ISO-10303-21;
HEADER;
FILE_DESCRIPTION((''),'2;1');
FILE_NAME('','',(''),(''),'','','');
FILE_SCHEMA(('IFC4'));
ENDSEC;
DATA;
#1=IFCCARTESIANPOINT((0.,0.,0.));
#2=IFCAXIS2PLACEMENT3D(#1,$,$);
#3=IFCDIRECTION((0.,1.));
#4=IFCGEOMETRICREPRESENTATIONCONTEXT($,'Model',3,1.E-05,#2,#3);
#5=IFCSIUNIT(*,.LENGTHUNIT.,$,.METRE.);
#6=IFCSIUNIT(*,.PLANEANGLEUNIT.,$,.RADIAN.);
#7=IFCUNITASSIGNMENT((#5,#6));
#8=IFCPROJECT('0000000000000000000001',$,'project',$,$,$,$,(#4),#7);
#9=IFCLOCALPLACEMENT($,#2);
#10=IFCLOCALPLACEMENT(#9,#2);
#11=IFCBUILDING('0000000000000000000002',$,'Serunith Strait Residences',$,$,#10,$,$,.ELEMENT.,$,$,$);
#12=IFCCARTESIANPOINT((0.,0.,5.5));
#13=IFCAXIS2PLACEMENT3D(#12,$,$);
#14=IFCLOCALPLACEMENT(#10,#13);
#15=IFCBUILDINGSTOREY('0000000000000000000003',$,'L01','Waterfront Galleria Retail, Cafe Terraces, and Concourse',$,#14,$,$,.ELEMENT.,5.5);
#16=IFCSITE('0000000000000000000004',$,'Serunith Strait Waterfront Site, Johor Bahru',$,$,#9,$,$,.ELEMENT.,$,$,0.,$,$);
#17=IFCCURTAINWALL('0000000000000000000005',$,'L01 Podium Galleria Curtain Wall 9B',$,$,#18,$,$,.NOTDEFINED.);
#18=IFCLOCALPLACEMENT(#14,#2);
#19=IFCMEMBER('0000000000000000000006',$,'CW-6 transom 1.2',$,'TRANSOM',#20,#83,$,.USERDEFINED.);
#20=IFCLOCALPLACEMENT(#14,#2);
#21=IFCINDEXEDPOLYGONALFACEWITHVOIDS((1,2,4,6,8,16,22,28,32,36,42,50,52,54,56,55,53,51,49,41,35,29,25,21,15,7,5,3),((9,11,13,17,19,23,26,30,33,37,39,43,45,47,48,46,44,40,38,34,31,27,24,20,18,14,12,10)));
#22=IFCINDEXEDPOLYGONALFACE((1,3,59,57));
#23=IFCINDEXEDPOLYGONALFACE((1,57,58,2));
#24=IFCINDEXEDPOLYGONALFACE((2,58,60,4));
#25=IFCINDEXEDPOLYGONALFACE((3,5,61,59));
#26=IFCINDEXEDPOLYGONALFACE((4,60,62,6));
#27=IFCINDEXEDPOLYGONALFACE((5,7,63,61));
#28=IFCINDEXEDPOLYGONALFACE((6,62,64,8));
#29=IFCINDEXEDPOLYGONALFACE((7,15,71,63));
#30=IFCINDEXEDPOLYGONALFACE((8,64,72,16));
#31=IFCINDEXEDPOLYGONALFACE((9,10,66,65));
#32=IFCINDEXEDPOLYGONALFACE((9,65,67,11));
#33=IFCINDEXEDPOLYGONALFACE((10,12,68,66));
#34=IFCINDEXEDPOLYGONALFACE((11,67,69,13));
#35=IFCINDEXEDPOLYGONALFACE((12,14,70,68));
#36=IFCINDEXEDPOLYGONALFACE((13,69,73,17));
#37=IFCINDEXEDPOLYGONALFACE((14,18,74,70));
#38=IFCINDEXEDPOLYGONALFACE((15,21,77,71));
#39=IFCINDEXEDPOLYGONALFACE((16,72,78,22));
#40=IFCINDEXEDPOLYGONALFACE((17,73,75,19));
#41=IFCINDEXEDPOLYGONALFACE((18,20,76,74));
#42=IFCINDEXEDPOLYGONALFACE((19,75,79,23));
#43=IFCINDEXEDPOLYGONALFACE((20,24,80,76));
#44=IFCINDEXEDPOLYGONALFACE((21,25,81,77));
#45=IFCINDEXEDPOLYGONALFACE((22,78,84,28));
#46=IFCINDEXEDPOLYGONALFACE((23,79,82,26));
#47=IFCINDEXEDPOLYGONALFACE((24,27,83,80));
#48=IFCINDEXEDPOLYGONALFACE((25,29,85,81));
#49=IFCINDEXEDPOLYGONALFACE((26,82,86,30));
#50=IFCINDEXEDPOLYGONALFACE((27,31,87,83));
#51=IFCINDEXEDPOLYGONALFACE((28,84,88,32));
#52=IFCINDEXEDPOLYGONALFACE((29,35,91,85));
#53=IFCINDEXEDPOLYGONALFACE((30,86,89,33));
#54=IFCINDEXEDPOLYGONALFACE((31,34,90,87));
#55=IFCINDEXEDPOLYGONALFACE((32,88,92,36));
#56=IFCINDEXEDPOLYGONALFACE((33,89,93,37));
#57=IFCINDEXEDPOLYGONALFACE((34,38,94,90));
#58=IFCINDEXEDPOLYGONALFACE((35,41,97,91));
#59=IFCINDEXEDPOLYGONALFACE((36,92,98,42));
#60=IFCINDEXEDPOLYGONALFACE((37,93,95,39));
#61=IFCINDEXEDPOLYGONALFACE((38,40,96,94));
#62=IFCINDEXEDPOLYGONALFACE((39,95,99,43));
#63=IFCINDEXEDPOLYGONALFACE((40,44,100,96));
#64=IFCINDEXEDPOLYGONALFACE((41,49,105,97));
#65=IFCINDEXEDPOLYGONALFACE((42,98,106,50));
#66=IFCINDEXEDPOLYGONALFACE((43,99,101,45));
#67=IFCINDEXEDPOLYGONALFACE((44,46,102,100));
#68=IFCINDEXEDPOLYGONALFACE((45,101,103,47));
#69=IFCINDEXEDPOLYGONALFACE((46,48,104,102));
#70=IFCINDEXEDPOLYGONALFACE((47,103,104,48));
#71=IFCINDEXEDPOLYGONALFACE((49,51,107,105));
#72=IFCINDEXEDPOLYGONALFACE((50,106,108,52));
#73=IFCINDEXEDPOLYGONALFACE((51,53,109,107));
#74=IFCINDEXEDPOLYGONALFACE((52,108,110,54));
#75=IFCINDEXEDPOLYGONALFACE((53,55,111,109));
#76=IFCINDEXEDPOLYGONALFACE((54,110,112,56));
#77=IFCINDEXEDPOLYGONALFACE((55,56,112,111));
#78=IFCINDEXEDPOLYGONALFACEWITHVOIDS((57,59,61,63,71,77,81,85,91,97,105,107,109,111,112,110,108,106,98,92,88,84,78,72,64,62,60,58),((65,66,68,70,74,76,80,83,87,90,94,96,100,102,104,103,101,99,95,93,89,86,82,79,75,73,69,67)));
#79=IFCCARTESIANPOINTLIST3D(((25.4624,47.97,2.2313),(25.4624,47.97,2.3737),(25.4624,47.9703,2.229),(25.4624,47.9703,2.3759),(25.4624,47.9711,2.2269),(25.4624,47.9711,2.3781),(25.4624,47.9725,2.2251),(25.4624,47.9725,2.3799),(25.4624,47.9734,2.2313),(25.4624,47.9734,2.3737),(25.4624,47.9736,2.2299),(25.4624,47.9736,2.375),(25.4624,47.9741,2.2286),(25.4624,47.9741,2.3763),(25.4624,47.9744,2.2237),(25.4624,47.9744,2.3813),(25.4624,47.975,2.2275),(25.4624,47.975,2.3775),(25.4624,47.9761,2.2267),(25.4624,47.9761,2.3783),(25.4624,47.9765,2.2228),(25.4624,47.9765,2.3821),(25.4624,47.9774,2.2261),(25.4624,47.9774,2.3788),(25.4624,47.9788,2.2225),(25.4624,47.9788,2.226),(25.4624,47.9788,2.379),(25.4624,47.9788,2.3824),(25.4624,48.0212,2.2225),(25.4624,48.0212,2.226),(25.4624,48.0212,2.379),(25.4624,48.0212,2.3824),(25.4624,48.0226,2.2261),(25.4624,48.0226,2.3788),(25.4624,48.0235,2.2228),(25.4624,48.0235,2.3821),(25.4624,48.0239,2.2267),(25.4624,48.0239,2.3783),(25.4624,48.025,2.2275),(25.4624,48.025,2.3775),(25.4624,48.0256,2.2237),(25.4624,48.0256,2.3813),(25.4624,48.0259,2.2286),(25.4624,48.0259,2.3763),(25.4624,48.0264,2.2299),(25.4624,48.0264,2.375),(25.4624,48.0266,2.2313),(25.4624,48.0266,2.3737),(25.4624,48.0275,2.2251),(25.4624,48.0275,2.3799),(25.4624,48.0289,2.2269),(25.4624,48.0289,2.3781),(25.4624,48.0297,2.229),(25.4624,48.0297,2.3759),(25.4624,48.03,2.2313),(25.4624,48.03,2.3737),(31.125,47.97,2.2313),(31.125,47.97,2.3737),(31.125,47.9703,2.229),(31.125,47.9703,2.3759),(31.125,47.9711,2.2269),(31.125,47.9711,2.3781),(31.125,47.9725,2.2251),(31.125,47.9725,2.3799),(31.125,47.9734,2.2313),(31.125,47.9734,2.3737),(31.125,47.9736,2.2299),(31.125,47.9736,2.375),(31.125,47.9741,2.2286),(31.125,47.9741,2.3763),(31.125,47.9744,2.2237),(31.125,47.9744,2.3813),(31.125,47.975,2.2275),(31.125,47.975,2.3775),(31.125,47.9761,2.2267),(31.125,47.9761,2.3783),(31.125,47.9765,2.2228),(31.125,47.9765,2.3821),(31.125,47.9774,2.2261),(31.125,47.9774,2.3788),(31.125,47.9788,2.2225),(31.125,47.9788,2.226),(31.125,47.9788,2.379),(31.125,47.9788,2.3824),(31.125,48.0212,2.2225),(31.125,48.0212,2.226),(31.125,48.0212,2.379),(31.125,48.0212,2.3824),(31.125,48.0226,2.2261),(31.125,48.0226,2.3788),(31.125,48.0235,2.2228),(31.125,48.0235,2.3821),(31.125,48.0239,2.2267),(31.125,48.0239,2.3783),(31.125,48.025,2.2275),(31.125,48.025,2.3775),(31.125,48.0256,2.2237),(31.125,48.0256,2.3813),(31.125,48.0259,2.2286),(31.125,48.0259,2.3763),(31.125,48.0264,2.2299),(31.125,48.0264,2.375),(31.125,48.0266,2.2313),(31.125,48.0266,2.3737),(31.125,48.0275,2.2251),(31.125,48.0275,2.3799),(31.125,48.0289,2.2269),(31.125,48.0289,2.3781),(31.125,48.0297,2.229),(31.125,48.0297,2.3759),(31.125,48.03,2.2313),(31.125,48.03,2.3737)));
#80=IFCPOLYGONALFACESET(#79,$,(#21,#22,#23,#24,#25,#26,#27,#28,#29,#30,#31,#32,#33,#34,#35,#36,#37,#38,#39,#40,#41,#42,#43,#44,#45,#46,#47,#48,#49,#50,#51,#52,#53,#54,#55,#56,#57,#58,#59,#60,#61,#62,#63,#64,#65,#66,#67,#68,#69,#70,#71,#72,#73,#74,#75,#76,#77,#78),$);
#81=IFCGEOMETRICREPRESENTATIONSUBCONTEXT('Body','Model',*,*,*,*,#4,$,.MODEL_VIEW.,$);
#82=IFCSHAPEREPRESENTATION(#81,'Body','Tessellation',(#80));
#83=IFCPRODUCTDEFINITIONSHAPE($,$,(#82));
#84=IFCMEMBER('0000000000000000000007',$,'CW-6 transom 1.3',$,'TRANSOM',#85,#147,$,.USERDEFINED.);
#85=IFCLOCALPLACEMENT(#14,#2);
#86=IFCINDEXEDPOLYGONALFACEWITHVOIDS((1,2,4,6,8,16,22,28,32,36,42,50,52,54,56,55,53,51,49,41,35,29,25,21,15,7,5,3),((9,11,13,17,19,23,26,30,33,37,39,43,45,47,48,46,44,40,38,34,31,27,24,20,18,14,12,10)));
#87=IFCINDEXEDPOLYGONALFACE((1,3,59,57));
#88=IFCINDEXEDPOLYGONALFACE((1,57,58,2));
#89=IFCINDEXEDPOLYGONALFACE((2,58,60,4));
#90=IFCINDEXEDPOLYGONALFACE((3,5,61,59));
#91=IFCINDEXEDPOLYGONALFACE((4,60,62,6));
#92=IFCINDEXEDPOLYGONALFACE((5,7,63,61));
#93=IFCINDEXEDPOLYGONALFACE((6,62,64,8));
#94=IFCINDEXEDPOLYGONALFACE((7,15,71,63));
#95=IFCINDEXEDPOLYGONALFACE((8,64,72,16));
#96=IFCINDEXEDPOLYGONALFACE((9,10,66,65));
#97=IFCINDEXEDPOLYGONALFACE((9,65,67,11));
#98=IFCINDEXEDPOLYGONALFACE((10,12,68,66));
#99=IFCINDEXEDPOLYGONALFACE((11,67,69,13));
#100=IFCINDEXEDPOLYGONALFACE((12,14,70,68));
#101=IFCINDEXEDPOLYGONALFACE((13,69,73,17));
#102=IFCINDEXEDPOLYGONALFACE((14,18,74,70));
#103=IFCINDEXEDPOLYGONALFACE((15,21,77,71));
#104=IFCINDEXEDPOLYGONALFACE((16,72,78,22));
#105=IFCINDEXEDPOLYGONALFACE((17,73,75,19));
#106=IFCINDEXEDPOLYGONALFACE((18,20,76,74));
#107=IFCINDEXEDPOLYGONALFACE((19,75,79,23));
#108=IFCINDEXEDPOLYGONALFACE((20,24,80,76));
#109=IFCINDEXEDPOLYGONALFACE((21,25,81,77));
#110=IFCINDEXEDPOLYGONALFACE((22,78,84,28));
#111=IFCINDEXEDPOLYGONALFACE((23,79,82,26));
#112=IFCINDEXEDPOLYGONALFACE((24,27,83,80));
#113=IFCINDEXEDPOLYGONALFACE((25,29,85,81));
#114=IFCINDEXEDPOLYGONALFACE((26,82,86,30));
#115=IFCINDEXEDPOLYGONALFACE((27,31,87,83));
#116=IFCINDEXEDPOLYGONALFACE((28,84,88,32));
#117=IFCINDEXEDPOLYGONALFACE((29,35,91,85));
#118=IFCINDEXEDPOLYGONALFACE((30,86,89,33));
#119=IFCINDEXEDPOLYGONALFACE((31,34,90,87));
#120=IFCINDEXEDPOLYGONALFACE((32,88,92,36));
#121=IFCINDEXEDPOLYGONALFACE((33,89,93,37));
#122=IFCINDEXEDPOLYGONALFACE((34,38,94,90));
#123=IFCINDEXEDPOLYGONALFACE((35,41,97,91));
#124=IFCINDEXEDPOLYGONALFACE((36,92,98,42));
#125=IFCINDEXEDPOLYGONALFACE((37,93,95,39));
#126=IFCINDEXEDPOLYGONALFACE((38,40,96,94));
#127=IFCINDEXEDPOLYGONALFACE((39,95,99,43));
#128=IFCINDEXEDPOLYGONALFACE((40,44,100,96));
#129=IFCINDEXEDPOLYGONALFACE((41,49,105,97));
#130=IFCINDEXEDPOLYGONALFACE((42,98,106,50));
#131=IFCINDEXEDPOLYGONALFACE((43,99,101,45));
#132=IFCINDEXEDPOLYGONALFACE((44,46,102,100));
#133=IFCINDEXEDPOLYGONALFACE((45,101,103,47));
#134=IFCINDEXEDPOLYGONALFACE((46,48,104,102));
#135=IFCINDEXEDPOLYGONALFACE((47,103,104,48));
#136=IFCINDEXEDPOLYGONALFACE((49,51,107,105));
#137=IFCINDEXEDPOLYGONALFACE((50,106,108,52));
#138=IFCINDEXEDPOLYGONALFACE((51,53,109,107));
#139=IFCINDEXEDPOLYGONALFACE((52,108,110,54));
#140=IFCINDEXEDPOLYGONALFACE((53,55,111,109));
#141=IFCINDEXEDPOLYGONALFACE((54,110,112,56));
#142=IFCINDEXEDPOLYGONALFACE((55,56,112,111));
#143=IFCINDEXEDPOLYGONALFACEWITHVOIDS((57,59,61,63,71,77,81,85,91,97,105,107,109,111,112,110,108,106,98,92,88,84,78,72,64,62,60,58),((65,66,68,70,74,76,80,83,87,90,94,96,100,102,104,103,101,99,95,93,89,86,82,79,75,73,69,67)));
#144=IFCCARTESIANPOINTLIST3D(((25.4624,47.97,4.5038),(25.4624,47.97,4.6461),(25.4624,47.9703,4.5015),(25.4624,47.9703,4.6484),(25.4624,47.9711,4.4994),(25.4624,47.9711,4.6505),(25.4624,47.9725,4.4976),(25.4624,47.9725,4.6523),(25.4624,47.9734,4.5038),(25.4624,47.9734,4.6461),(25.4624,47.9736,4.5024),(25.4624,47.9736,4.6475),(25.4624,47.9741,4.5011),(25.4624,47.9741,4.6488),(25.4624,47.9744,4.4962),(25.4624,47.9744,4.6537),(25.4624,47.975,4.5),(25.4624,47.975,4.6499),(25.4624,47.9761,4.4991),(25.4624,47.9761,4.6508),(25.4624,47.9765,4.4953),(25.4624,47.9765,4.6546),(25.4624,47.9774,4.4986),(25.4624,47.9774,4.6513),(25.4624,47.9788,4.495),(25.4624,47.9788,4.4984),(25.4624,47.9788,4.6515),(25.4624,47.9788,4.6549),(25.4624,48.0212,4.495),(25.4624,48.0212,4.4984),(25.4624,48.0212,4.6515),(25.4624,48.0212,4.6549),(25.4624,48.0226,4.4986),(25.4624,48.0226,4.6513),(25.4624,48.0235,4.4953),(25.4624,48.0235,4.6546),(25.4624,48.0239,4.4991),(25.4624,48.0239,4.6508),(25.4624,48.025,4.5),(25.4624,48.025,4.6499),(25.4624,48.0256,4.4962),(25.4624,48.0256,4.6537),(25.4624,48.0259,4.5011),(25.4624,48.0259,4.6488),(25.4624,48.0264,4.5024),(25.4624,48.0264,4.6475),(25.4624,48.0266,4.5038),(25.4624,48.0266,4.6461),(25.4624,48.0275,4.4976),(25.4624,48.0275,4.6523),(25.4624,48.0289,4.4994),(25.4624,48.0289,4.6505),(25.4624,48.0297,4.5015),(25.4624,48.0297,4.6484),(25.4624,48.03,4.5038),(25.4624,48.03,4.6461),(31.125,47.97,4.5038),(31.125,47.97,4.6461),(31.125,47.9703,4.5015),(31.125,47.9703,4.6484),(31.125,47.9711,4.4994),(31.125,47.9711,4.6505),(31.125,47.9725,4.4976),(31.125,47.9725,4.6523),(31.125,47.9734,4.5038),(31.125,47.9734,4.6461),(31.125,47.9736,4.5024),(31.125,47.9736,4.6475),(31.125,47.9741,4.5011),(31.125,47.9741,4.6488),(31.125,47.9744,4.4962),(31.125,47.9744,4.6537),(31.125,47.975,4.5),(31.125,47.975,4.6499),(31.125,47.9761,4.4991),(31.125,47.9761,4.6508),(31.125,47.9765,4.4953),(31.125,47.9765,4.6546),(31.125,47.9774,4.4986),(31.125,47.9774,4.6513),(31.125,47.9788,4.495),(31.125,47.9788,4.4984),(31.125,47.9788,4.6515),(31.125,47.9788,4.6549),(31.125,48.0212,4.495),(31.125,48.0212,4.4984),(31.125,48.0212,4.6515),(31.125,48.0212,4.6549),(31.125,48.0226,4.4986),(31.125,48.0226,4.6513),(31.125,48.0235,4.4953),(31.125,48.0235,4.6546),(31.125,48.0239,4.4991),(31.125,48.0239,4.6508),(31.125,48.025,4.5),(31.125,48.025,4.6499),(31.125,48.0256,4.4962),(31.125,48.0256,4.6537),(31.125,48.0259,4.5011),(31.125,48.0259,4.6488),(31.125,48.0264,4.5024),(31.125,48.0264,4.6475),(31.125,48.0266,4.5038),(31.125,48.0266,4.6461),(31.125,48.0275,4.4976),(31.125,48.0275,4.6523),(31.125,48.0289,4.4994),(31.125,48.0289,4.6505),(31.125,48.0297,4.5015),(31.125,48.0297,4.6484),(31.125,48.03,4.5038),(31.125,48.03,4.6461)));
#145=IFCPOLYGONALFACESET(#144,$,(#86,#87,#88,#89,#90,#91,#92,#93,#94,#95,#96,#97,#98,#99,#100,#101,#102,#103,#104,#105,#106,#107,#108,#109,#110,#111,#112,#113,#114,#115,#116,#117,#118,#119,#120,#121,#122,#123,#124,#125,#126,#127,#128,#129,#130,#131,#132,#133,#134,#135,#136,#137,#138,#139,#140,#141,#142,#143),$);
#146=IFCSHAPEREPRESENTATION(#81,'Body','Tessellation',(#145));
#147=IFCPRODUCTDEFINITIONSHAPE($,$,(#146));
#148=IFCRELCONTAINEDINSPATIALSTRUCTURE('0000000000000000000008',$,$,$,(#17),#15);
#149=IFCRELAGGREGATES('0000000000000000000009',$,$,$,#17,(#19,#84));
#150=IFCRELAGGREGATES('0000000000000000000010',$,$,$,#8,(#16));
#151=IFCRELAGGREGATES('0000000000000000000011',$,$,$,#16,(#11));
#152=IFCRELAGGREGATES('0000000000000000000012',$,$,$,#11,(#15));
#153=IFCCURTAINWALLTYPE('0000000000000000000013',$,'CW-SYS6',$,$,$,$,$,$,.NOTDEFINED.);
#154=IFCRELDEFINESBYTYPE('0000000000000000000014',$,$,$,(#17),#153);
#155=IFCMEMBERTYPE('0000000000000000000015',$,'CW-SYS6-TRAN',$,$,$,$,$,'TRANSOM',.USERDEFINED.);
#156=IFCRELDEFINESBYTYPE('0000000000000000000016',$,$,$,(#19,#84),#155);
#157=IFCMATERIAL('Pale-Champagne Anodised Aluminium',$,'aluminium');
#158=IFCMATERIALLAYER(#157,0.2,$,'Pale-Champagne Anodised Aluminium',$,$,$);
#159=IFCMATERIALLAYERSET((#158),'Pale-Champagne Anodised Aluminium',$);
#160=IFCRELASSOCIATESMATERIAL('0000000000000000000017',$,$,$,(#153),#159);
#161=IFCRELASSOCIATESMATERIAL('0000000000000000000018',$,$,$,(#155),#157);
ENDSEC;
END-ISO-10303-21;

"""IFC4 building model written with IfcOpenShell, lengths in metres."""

from ifc_helpers import new_model, si_unit, direction, frame, origin, origin_2d, place, context, subcontext, project, spatial, hollow_rectangle, extrude, source, transform, mapped, material, layer, layer_set, material_profile, profile_set, type_object, element, aggregate, save


model = new_model("IFC4")

# Units and contexts
model_context = context("Model", 3, precision=1e-05, world=origin(), true_north=direction((0.0, 1.0)))
body_context = subcontext(model_context, "Body", "Model", "MODEL_VIEW")
ifc_project = project(units=[si_unit("LENGTHUNIT", "METRE"), si_unit("PLANEANGLEUNIT", "RADIAN")], contexts=[model_context])

# Site, building, storey
site_placement = place(None, origin())
site = spatial("IfcSite", under=ifc_project, at=site_placement, Name="Serunith Strait Waterfront Site, Johor Bahru", CompositionType="ELEMENT", RefElevation=0.0)
building_placement = place(site_placement, origin())
building = spatial("IfcBuilding", under=site, at=building_placement, Name="Serunith Strait Residences", CompositionType="ELEMENT")
storey_placement = place(building_placement, frame((0.0, 0.0, 5.5)))
storey = spatial("IfcBuildingStorey", under=building, at=storey_placement, Name="L01", Description="Waterfront Galleria Retail, Cafe Terraces, and Concourse", CompositionType="ELEMENT", Elevation=5.5)

# Shared definitions
ifc_material_1 = material(Name="Pale-Champagne Anodised Aluminium", Category="aluminium")
ifc_layer_1 = layer(ifc_material_1, 0.2, Name="Pale-Champagne Anodised Aluminium")
ifc_layer_set_1 = layer_set([ifc_layer_1], Name="Pale-Champagne Anodised Aluminium")
curtain_wall_type = type_object("IfcCurtainWallType", Name="CW-SYS6", PredefinedType="NOTDEFINED", material=ifc_layer_set_1)

# Curtain wall, members
curtain_wall_1_placement = place(storey_placement, origin())
curtain_wall_1 = element("IfcCurtainWall", 1, at=curtain_wall_1_placement, inside=storey, type_object=curtain_wall_type, Name="L01 Podium Galleria Curtain Wall 9B", PredefinedType="NOTDEFINED")
ifc_material_profile_1 = material_profile(ifc_material_1, hollow_rectangle(XDim=0.0601, YDim=0.1599, WallThickness=0.0034, InnerFilletRadius=0.0054, OuterFilletRadius=0.0088, at=origin_2d()), Name="ALU 160x60x3.5")
ifc_profile_set_1 = profile_set([ifc_material_profile_1], Name="Pale-Champagne Anodised Aluminium")
member_type_1 = type_object("IfcMemberType", Name="CW-SYS6-TRAN", ElementType="TRANSOM", PredefinedType="USERDEFINED", material=ifc_profile_set_1)
shared_shape_1 = source(origin(), body_context, "Body", "SweptSolid", [
    extrude(hollow_rectangle(XDim=0.0601, YDim=0.1599, WallThickness=0.0034, InnerFilletRadius=0.0054, OuterFilletRadius=0.0088, at=origin_2d()), origin(), (0.0, 0.0, 1.0), 5.6626),
])
member_1_placement = place(storey_placement, frame((31.125, 48.0, 2.3025), z_axis=(-1.0, 0.0, 0.0), x_axis=(0.0, -1.0, 0.0)))
member_1 = element("IfcMember", 2, at=member_1_placement, type_object=member_type_1, Name="CW-6 transom 1.2", ObjectType="TRANSOM", PredefinedType="USERDEFINED", context=body_context, shape_type="MappedRepresentation", body=[
    mapped(shared_shape_1, transform((0.0, 0.0, 0.0), scale=1.0)),
])
member_2_placement = place(storey_placement, frame((31.125, 48.0, 4.575), z_axis=(-1.0, 0.0, 0.0), x_axis=(0.0, -1.0, 0.0)))
member_2 = element("IfcMember", 3, at=member_2_placement, type_object=member_type_1, Name="CW-6 transom 1.3", ObjectType="TRANSOM", PredefinedType="USERDEFINED", context=body_context, shape_type="MappedRepresentation", body=[
    mapped(shared_shape_1, transform((0.0, 0.0, 0.0), scale=1.0)),
])
aggregate(curtain_wall_1, [member_1, member_2])

save(model, "model.ifc")
